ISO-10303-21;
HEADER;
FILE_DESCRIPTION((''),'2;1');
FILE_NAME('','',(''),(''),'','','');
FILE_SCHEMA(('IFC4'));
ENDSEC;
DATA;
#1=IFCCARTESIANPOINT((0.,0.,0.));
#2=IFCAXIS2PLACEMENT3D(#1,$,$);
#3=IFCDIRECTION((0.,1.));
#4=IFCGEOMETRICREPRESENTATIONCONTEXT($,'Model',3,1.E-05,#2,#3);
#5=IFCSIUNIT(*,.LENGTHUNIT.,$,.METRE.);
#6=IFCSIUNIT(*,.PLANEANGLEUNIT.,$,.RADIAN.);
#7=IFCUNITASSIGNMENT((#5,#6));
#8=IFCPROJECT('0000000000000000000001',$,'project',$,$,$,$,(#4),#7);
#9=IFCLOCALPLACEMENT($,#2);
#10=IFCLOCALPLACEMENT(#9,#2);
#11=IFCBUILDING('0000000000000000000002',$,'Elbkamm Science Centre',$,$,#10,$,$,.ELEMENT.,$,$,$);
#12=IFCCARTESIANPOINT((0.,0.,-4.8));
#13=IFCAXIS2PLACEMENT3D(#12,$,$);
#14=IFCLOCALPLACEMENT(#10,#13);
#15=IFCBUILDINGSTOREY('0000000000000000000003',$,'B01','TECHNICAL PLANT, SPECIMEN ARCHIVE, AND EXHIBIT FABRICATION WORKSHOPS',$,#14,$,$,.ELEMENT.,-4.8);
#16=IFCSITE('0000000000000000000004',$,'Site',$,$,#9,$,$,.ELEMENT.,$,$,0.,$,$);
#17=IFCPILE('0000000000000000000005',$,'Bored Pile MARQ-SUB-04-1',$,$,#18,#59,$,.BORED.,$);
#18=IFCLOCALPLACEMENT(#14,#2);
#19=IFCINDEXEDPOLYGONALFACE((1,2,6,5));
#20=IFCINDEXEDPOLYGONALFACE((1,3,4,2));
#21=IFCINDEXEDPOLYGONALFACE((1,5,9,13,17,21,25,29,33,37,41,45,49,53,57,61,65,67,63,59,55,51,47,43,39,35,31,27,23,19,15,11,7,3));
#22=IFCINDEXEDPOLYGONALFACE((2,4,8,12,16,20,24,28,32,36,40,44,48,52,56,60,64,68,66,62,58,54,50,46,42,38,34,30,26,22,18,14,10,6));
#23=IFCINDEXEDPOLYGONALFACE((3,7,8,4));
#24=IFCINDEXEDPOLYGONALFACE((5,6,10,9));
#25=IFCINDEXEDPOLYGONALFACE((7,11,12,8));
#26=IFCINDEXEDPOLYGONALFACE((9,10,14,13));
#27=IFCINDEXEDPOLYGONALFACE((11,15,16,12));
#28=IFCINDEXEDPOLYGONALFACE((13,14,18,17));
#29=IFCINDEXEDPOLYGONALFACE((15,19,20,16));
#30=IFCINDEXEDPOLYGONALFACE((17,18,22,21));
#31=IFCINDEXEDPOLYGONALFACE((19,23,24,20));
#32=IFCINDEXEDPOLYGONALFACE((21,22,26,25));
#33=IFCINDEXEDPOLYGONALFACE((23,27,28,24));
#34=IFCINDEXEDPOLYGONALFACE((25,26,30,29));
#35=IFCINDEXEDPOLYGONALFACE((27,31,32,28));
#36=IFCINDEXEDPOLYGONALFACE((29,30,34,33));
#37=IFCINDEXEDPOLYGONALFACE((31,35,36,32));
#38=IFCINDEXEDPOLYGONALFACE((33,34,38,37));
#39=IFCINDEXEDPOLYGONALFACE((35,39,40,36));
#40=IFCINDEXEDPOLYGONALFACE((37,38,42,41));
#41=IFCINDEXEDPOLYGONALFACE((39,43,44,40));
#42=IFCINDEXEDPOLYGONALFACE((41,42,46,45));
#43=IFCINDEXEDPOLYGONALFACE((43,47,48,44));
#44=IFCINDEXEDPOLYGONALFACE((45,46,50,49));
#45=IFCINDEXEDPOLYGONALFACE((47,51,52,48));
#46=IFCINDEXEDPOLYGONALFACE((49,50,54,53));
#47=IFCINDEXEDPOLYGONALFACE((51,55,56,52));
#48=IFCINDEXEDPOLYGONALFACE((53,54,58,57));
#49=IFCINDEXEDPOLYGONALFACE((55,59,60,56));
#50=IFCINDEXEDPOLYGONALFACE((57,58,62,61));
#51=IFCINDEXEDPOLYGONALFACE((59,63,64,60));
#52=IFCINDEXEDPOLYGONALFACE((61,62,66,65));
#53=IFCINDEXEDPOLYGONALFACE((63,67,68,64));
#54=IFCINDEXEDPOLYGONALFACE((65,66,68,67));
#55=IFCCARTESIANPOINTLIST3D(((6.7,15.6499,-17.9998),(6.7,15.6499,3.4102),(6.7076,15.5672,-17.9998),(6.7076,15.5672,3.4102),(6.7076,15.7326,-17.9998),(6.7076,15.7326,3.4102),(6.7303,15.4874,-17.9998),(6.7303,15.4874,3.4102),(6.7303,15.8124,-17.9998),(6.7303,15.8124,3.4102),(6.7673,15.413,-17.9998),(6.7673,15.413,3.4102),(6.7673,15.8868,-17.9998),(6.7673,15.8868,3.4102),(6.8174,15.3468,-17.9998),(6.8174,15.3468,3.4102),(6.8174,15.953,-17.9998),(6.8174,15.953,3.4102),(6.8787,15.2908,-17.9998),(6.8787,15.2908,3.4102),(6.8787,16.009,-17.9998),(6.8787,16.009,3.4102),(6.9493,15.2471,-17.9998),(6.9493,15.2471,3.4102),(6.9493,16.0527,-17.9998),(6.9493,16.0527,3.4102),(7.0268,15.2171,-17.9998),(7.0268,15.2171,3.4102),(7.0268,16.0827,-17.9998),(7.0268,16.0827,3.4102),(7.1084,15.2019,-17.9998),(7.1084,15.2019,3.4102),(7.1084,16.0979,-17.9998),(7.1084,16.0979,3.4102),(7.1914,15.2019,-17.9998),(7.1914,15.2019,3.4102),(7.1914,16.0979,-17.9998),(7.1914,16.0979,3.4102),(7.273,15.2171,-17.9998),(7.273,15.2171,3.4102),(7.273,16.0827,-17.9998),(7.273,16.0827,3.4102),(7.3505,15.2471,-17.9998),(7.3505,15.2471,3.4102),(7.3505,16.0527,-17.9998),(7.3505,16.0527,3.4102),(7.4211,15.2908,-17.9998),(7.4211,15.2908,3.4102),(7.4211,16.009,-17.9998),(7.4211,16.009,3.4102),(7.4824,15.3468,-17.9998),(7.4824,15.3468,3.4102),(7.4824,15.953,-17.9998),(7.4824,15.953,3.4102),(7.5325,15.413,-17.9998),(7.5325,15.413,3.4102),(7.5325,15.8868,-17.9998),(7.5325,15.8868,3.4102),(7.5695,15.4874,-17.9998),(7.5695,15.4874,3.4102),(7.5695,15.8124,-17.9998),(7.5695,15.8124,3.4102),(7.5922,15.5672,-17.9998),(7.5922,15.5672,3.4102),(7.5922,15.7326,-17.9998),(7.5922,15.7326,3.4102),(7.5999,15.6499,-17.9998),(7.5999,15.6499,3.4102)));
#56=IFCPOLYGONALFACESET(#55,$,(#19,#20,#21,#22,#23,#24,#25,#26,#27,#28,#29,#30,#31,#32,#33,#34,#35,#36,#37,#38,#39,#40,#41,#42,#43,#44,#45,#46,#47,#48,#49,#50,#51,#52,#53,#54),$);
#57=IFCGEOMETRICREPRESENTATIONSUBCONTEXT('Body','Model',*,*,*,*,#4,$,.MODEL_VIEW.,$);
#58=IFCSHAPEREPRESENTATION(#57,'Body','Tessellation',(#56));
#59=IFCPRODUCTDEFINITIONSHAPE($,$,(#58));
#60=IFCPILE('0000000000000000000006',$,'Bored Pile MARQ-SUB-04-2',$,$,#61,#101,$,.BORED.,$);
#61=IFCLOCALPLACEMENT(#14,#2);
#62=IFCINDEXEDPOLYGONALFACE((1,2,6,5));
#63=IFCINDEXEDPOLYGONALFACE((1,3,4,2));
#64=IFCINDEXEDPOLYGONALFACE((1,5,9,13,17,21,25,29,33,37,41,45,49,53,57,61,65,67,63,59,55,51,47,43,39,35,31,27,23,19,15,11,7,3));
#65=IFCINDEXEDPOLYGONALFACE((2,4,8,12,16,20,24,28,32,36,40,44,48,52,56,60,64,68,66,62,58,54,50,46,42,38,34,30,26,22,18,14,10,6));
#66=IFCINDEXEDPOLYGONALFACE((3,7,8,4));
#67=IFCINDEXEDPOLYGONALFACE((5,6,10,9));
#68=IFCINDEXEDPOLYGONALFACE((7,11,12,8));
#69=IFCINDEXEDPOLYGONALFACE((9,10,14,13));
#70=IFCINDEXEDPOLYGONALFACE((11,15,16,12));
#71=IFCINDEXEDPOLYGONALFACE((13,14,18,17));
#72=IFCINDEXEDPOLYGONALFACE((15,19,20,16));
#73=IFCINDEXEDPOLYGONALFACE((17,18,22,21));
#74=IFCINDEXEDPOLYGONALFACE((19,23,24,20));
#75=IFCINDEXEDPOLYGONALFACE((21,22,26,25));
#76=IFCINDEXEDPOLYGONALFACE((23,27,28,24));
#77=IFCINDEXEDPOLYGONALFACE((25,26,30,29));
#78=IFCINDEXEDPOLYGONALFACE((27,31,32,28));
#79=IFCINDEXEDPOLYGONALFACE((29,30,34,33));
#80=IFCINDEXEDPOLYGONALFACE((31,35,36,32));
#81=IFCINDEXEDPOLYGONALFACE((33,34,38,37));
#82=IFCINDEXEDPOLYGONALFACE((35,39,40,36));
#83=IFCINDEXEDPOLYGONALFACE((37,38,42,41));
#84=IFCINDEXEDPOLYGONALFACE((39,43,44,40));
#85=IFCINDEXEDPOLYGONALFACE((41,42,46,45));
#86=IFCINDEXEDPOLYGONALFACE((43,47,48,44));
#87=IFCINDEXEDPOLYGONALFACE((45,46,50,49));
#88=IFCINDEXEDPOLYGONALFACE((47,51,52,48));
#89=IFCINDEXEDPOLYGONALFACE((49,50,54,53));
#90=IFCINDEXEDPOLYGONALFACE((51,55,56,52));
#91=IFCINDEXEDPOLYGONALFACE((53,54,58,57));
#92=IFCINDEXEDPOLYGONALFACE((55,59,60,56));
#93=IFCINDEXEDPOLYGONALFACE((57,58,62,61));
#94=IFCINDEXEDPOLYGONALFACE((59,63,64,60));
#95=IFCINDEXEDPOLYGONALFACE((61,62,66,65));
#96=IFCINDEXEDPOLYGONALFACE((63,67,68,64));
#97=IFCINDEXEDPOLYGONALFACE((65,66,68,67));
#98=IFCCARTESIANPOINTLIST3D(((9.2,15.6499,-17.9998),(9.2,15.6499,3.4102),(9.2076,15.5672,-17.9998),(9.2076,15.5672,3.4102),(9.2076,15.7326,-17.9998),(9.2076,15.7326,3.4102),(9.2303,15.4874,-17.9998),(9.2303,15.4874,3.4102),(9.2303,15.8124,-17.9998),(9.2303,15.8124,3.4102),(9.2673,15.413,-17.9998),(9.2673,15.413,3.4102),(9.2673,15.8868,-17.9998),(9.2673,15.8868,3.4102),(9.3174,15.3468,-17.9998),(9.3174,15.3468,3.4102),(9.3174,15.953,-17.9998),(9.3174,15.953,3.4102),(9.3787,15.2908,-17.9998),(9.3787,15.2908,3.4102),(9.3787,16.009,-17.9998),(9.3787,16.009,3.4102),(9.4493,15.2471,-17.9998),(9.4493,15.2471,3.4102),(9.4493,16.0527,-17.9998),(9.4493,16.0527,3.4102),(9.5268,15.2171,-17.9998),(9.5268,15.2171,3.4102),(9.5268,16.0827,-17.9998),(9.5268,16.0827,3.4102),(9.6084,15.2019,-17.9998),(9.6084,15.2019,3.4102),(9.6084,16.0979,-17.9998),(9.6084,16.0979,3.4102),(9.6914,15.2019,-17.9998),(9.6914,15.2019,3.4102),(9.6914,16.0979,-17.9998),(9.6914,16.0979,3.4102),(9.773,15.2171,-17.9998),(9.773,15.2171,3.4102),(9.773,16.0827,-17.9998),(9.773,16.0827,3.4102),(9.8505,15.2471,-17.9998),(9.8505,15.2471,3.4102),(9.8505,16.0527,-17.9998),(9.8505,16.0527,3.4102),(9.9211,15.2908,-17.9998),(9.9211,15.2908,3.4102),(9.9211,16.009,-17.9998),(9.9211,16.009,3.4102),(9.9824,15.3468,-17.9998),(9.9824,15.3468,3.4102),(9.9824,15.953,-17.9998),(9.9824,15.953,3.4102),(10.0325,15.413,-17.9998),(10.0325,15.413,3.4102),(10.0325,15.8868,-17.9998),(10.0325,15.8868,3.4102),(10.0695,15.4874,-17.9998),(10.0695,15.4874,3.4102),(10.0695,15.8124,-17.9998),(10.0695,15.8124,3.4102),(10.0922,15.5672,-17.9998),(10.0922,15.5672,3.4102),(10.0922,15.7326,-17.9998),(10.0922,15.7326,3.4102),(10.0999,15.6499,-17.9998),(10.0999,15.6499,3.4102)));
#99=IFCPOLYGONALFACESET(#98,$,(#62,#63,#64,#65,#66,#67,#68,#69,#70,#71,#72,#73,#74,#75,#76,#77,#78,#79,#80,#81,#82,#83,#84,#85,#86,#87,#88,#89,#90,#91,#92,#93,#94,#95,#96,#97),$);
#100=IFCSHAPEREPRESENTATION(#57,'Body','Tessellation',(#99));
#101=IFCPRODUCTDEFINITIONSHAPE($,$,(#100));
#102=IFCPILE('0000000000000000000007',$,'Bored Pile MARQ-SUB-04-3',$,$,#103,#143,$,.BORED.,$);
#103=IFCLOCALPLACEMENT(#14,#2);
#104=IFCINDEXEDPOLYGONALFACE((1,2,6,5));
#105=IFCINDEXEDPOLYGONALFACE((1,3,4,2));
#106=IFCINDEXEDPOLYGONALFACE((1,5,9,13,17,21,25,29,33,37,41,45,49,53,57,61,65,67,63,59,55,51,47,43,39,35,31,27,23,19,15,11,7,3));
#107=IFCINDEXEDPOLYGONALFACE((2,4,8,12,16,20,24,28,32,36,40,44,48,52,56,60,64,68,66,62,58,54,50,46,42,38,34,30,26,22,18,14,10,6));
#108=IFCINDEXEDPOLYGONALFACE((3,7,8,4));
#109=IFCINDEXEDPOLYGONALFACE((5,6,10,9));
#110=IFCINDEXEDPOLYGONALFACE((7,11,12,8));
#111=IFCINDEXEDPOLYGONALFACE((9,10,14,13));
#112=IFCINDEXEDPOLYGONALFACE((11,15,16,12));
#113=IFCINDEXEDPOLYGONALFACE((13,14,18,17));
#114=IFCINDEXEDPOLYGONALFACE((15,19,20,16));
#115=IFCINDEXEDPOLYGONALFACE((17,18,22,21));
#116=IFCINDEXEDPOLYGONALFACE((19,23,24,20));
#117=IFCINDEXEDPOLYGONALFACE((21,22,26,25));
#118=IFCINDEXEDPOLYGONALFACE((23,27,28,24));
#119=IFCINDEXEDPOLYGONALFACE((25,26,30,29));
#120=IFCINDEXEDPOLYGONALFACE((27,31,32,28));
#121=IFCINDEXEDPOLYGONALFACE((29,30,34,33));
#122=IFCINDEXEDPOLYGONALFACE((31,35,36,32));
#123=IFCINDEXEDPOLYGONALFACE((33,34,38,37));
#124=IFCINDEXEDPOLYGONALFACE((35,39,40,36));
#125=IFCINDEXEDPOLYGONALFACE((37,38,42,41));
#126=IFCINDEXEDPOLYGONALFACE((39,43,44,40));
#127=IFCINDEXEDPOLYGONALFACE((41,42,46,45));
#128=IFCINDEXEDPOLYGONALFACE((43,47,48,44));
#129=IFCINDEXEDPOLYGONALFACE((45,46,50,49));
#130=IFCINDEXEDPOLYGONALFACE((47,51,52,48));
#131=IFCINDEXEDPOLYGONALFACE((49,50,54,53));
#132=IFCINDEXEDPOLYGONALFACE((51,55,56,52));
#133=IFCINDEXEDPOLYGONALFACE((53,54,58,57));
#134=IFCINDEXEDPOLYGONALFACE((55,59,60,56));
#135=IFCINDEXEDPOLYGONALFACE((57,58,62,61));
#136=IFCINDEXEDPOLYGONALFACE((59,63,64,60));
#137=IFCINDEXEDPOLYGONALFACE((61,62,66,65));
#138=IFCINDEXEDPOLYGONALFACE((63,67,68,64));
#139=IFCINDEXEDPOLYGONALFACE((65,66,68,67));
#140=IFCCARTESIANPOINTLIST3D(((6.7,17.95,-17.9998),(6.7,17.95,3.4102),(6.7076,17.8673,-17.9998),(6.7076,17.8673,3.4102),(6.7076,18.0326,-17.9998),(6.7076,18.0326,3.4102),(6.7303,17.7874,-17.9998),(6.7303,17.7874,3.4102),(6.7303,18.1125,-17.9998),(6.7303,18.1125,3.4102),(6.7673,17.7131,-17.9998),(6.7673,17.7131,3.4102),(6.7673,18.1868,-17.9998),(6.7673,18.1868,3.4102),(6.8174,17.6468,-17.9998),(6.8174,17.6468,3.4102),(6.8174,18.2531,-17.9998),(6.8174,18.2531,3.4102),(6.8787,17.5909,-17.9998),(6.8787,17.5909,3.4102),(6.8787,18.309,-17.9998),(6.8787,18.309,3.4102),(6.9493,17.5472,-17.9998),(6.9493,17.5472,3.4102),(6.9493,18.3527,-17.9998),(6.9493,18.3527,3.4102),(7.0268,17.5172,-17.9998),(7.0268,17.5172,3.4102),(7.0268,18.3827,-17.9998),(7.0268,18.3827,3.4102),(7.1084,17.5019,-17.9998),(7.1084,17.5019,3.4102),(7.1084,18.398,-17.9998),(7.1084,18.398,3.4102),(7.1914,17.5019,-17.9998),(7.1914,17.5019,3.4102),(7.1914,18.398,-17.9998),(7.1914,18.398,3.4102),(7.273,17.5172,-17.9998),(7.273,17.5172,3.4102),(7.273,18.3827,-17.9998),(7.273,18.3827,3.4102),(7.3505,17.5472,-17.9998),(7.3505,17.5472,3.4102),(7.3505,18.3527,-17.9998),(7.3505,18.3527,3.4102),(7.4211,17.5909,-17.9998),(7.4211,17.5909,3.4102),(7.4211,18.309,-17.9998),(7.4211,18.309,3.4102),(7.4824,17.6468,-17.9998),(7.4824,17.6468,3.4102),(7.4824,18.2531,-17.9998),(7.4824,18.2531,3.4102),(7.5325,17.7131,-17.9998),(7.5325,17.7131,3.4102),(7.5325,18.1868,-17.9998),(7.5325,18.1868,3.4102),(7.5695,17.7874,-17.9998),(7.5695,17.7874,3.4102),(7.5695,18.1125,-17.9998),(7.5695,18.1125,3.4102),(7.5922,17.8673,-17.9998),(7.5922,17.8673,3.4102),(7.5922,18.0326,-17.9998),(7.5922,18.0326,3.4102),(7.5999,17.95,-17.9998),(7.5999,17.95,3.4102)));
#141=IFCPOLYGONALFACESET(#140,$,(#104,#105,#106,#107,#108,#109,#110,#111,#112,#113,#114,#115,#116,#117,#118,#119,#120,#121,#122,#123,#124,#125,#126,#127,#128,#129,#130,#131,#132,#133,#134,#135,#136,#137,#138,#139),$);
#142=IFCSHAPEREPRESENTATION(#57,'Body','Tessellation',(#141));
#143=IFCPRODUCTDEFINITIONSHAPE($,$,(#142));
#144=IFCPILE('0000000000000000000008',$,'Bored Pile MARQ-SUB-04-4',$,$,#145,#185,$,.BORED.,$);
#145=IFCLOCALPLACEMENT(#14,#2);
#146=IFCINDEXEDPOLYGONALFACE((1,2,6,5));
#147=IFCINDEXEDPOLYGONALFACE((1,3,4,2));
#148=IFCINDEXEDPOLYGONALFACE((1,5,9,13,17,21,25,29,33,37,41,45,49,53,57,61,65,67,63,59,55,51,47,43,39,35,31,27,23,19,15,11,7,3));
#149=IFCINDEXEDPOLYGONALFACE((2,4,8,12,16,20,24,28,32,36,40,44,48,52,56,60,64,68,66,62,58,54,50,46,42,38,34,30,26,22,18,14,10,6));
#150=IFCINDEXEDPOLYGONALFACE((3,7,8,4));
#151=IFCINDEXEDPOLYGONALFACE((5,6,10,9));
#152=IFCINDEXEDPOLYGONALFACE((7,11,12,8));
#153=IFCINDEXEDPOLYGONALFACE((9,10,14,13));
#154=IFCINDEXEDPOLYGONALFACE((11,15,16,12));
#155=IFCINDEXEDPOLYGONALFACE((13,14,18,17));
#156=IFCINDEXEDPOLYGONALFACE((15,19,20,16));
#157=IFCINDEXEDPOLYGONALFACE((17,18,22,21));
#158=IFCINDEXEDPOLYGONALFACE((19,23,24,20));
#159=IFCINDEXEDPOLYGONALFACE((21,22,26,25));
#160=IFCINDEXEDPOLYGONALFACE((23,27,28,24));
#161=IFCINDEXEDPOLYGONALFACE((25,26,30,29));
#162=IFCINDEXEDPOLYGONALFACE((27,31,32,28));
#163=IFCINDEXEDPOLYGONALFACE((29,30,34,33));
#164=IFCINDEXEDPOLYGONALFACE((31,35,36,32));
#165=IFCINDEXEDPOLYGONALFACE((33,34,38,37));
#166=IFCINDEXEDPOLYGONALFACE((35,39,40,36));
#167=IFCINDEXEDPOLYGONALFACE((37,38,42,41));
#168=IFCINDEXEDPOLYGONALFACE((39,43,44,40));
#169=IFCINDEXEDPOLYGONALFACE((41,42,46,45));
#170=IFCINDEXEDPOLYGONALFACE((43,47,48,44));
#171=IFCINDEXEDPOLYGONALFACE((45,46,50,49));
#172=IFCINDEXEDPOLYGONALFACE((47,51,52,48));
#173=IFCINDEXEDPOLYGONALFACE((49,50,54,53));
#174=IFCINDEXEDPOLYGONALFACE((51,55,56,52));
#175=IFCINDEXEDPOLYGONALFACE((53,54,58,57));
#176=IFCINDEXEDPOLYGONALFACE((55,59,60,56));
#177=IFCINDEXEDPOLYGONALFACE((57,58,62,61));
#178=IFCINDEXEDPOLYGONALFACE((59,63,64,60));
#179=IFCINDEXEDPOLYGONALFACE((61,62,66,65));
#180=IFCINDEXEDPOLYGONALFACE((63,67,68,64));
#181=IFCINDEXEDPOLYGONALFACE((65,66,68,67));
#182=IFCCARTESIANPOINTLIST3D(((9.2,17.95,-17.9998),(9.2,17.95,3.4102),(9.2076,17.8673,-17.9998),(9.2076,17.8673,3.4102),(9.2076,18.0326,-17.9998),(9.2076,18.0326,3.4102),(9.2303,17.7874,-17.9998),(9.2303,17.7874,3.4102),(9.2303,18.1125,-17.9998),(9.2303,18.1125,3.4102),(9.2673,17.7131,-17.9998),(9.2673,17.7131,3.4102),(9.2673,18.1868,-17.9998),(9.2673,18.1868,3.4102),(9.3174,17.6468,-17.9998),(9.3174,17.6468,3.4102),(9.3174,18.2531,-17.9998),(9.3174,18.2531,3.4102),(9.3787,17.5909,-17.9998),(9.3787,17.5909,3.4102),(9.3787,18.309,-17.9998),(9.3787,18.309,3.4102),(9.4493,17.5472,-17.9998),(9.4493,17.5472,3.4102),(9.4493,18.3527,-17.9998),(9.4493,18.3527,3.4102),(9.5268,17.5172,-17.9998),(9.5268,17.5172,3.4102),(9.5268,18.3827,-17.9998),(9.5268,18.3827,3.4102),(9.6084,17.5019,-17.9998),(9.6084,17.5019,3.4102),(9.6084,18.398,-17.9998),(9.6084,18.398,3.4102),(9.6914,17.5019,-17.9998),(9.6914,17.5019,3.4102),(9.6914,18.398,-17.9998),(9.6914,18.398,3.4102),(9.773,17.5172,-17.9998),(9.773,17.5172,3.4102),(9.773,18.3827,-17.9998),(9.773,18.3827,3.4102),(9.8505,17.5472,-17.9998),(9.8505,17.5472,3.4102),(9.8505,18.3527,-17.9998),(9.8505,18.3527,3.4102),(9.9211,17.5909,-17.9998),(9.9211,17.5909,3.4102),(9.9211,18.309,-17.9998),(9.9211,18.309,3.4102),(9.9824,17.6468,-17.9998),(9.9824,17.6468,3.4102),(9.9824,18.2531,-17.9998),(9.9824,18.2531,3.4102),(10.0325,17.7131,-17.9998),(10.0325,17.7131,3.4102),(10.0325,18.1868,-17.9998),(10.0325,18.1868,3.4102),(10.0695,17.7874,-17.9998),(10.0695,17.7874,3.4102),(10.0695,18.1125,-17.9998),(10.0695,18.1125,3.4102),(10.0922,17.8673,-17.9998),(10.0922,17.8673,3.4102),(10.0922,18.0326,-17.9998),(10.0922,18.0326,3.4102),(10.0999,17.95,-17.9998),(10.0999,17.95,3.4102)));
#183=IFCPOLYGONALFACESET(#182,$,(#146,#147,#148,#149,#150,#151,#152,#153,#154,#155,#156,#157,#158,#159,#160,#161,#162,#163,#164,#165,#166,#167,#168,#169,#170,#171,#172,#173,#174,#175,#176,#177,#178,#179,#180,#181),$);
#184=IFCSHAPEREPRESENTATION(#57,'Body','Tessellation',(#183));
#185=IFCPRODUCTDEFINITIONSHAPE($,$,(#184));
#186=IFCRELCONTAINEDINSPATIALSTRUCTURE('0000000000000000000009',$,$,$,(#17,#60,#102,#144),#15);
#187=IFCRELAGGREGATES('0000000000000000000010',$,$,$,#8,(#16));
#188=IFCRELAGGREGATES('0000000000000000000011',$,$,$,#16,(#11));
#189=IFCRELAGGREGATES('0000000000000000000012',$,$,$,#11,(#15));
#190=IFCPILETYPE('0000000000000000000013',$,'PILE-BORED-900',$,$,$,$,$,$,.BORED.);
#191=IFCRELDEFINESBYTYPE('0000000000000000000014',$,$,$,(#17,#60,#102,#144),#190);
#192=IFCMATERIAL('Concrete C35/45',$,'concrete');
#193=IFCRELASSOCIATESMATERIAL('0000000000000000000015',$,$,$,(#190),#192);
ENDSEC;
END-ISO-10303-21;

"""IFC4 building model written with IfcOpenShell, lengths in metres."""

from ifc_helpers import new_model, si_unit, direction, frame, origin, origin_2d, place, context, subcontext, project, spatial, circle, extrude, material, material_profile, profile_set, type_object, element, save


model = new_model("IFC4")

# Units and contexts
model_context = context("Model", 3, precision=1e-05, world=origin(), true_north=direction((0.0, 1.0)))
body_context = subcontext(model_context, "Body", "Model", "MODEL_VIEW")
ifc_project = project(units=[si_unit("LENGTHUNIT", "METRE"), si_unit("PLANEANGLEUNIT", "RADIAN")], contexts=[model_context])

# Site, building, storey
site_placement = place(None, origin())
site = spatial("IfcSite", under=ifc_project, at=site_placement, Name="Site", CompositionType="ELEMENT", RefElevation=0.0)
building_placement = place(site_placement, origin())
building = spatial("IfcBuilding", under=site, at=building_placement, Name="Elbkamm Science Centre", CompositionType="ELEMENT")
storey_placement = place(building_placement, frame((0.0, 0.0, -4.8)))
storey = spatial("IfcBuildingStorey", under=building, at=storey_placement, Name="B01", Description="TECHNICAL PLANT, SPECIMEN ARCHIVE, AND EXHIBIT FABRICATION WORKSHOPS", CompositionType="ELEMENT", Elevation=-4.8)

# Shared definitions
ifc_material = material(Name="Concrete C35/45", Category="concrete")

# Piles
ifc_material_profile = material_profile(ifc_material, circle(Radius=0.45, at=origin_2d()), Name="PILE D900")
ifc_profile_set = profile_set([ifc_material_profile], Name="Concrete C35/45")
pile_type = type_object("IfcPileType", Name="PILE-BORED-900", PredefinedType="BORED", material=ifc_profile_set)
for number, where, z_axis, x_axis, name in (
    (1, (7.1499, 15.6499, 3.4102), (0.0, 0.0, -1.0), (1.0, 0.0, 0.0), "Bored Pile MARQ-SUB-04-1"),
    (2, (9.6499, 15.6499, 3.4102), (0.0, 0.0, -1.0), (1.0, 0.0, 0.0), "Bored Pile MARQ-SUB-04-2"),
    (3, (7.1499, 17.95, 3.4102), (0.0, 0.0, -1.0), (1.0, 0.0, 0.0), "Bored Pile MARQ-SUB-04-3"),
    (4, (9.6499, 17.95, 3.4102), (0.0, 0.0, -1.0), (1.0, 0.0, 0.0), "Bored Pile MARQ-SUB-04-4"),
):
    element("IfcPile", number, at=place(storey_placement, frame(where, z_axis=z_axis, x_axis=x_axis)), inside=storey, type_object=pile_type, Name=name, PredefinedType="BORED", context=body_context, shape_type="SweptSolid", body=[
        extrude(circle(Radius=0.45, at=origin_2d()), origin(), (0.0, 0.0, 1.0), 21.4099),
    ])

save(model, "model.ifc")
